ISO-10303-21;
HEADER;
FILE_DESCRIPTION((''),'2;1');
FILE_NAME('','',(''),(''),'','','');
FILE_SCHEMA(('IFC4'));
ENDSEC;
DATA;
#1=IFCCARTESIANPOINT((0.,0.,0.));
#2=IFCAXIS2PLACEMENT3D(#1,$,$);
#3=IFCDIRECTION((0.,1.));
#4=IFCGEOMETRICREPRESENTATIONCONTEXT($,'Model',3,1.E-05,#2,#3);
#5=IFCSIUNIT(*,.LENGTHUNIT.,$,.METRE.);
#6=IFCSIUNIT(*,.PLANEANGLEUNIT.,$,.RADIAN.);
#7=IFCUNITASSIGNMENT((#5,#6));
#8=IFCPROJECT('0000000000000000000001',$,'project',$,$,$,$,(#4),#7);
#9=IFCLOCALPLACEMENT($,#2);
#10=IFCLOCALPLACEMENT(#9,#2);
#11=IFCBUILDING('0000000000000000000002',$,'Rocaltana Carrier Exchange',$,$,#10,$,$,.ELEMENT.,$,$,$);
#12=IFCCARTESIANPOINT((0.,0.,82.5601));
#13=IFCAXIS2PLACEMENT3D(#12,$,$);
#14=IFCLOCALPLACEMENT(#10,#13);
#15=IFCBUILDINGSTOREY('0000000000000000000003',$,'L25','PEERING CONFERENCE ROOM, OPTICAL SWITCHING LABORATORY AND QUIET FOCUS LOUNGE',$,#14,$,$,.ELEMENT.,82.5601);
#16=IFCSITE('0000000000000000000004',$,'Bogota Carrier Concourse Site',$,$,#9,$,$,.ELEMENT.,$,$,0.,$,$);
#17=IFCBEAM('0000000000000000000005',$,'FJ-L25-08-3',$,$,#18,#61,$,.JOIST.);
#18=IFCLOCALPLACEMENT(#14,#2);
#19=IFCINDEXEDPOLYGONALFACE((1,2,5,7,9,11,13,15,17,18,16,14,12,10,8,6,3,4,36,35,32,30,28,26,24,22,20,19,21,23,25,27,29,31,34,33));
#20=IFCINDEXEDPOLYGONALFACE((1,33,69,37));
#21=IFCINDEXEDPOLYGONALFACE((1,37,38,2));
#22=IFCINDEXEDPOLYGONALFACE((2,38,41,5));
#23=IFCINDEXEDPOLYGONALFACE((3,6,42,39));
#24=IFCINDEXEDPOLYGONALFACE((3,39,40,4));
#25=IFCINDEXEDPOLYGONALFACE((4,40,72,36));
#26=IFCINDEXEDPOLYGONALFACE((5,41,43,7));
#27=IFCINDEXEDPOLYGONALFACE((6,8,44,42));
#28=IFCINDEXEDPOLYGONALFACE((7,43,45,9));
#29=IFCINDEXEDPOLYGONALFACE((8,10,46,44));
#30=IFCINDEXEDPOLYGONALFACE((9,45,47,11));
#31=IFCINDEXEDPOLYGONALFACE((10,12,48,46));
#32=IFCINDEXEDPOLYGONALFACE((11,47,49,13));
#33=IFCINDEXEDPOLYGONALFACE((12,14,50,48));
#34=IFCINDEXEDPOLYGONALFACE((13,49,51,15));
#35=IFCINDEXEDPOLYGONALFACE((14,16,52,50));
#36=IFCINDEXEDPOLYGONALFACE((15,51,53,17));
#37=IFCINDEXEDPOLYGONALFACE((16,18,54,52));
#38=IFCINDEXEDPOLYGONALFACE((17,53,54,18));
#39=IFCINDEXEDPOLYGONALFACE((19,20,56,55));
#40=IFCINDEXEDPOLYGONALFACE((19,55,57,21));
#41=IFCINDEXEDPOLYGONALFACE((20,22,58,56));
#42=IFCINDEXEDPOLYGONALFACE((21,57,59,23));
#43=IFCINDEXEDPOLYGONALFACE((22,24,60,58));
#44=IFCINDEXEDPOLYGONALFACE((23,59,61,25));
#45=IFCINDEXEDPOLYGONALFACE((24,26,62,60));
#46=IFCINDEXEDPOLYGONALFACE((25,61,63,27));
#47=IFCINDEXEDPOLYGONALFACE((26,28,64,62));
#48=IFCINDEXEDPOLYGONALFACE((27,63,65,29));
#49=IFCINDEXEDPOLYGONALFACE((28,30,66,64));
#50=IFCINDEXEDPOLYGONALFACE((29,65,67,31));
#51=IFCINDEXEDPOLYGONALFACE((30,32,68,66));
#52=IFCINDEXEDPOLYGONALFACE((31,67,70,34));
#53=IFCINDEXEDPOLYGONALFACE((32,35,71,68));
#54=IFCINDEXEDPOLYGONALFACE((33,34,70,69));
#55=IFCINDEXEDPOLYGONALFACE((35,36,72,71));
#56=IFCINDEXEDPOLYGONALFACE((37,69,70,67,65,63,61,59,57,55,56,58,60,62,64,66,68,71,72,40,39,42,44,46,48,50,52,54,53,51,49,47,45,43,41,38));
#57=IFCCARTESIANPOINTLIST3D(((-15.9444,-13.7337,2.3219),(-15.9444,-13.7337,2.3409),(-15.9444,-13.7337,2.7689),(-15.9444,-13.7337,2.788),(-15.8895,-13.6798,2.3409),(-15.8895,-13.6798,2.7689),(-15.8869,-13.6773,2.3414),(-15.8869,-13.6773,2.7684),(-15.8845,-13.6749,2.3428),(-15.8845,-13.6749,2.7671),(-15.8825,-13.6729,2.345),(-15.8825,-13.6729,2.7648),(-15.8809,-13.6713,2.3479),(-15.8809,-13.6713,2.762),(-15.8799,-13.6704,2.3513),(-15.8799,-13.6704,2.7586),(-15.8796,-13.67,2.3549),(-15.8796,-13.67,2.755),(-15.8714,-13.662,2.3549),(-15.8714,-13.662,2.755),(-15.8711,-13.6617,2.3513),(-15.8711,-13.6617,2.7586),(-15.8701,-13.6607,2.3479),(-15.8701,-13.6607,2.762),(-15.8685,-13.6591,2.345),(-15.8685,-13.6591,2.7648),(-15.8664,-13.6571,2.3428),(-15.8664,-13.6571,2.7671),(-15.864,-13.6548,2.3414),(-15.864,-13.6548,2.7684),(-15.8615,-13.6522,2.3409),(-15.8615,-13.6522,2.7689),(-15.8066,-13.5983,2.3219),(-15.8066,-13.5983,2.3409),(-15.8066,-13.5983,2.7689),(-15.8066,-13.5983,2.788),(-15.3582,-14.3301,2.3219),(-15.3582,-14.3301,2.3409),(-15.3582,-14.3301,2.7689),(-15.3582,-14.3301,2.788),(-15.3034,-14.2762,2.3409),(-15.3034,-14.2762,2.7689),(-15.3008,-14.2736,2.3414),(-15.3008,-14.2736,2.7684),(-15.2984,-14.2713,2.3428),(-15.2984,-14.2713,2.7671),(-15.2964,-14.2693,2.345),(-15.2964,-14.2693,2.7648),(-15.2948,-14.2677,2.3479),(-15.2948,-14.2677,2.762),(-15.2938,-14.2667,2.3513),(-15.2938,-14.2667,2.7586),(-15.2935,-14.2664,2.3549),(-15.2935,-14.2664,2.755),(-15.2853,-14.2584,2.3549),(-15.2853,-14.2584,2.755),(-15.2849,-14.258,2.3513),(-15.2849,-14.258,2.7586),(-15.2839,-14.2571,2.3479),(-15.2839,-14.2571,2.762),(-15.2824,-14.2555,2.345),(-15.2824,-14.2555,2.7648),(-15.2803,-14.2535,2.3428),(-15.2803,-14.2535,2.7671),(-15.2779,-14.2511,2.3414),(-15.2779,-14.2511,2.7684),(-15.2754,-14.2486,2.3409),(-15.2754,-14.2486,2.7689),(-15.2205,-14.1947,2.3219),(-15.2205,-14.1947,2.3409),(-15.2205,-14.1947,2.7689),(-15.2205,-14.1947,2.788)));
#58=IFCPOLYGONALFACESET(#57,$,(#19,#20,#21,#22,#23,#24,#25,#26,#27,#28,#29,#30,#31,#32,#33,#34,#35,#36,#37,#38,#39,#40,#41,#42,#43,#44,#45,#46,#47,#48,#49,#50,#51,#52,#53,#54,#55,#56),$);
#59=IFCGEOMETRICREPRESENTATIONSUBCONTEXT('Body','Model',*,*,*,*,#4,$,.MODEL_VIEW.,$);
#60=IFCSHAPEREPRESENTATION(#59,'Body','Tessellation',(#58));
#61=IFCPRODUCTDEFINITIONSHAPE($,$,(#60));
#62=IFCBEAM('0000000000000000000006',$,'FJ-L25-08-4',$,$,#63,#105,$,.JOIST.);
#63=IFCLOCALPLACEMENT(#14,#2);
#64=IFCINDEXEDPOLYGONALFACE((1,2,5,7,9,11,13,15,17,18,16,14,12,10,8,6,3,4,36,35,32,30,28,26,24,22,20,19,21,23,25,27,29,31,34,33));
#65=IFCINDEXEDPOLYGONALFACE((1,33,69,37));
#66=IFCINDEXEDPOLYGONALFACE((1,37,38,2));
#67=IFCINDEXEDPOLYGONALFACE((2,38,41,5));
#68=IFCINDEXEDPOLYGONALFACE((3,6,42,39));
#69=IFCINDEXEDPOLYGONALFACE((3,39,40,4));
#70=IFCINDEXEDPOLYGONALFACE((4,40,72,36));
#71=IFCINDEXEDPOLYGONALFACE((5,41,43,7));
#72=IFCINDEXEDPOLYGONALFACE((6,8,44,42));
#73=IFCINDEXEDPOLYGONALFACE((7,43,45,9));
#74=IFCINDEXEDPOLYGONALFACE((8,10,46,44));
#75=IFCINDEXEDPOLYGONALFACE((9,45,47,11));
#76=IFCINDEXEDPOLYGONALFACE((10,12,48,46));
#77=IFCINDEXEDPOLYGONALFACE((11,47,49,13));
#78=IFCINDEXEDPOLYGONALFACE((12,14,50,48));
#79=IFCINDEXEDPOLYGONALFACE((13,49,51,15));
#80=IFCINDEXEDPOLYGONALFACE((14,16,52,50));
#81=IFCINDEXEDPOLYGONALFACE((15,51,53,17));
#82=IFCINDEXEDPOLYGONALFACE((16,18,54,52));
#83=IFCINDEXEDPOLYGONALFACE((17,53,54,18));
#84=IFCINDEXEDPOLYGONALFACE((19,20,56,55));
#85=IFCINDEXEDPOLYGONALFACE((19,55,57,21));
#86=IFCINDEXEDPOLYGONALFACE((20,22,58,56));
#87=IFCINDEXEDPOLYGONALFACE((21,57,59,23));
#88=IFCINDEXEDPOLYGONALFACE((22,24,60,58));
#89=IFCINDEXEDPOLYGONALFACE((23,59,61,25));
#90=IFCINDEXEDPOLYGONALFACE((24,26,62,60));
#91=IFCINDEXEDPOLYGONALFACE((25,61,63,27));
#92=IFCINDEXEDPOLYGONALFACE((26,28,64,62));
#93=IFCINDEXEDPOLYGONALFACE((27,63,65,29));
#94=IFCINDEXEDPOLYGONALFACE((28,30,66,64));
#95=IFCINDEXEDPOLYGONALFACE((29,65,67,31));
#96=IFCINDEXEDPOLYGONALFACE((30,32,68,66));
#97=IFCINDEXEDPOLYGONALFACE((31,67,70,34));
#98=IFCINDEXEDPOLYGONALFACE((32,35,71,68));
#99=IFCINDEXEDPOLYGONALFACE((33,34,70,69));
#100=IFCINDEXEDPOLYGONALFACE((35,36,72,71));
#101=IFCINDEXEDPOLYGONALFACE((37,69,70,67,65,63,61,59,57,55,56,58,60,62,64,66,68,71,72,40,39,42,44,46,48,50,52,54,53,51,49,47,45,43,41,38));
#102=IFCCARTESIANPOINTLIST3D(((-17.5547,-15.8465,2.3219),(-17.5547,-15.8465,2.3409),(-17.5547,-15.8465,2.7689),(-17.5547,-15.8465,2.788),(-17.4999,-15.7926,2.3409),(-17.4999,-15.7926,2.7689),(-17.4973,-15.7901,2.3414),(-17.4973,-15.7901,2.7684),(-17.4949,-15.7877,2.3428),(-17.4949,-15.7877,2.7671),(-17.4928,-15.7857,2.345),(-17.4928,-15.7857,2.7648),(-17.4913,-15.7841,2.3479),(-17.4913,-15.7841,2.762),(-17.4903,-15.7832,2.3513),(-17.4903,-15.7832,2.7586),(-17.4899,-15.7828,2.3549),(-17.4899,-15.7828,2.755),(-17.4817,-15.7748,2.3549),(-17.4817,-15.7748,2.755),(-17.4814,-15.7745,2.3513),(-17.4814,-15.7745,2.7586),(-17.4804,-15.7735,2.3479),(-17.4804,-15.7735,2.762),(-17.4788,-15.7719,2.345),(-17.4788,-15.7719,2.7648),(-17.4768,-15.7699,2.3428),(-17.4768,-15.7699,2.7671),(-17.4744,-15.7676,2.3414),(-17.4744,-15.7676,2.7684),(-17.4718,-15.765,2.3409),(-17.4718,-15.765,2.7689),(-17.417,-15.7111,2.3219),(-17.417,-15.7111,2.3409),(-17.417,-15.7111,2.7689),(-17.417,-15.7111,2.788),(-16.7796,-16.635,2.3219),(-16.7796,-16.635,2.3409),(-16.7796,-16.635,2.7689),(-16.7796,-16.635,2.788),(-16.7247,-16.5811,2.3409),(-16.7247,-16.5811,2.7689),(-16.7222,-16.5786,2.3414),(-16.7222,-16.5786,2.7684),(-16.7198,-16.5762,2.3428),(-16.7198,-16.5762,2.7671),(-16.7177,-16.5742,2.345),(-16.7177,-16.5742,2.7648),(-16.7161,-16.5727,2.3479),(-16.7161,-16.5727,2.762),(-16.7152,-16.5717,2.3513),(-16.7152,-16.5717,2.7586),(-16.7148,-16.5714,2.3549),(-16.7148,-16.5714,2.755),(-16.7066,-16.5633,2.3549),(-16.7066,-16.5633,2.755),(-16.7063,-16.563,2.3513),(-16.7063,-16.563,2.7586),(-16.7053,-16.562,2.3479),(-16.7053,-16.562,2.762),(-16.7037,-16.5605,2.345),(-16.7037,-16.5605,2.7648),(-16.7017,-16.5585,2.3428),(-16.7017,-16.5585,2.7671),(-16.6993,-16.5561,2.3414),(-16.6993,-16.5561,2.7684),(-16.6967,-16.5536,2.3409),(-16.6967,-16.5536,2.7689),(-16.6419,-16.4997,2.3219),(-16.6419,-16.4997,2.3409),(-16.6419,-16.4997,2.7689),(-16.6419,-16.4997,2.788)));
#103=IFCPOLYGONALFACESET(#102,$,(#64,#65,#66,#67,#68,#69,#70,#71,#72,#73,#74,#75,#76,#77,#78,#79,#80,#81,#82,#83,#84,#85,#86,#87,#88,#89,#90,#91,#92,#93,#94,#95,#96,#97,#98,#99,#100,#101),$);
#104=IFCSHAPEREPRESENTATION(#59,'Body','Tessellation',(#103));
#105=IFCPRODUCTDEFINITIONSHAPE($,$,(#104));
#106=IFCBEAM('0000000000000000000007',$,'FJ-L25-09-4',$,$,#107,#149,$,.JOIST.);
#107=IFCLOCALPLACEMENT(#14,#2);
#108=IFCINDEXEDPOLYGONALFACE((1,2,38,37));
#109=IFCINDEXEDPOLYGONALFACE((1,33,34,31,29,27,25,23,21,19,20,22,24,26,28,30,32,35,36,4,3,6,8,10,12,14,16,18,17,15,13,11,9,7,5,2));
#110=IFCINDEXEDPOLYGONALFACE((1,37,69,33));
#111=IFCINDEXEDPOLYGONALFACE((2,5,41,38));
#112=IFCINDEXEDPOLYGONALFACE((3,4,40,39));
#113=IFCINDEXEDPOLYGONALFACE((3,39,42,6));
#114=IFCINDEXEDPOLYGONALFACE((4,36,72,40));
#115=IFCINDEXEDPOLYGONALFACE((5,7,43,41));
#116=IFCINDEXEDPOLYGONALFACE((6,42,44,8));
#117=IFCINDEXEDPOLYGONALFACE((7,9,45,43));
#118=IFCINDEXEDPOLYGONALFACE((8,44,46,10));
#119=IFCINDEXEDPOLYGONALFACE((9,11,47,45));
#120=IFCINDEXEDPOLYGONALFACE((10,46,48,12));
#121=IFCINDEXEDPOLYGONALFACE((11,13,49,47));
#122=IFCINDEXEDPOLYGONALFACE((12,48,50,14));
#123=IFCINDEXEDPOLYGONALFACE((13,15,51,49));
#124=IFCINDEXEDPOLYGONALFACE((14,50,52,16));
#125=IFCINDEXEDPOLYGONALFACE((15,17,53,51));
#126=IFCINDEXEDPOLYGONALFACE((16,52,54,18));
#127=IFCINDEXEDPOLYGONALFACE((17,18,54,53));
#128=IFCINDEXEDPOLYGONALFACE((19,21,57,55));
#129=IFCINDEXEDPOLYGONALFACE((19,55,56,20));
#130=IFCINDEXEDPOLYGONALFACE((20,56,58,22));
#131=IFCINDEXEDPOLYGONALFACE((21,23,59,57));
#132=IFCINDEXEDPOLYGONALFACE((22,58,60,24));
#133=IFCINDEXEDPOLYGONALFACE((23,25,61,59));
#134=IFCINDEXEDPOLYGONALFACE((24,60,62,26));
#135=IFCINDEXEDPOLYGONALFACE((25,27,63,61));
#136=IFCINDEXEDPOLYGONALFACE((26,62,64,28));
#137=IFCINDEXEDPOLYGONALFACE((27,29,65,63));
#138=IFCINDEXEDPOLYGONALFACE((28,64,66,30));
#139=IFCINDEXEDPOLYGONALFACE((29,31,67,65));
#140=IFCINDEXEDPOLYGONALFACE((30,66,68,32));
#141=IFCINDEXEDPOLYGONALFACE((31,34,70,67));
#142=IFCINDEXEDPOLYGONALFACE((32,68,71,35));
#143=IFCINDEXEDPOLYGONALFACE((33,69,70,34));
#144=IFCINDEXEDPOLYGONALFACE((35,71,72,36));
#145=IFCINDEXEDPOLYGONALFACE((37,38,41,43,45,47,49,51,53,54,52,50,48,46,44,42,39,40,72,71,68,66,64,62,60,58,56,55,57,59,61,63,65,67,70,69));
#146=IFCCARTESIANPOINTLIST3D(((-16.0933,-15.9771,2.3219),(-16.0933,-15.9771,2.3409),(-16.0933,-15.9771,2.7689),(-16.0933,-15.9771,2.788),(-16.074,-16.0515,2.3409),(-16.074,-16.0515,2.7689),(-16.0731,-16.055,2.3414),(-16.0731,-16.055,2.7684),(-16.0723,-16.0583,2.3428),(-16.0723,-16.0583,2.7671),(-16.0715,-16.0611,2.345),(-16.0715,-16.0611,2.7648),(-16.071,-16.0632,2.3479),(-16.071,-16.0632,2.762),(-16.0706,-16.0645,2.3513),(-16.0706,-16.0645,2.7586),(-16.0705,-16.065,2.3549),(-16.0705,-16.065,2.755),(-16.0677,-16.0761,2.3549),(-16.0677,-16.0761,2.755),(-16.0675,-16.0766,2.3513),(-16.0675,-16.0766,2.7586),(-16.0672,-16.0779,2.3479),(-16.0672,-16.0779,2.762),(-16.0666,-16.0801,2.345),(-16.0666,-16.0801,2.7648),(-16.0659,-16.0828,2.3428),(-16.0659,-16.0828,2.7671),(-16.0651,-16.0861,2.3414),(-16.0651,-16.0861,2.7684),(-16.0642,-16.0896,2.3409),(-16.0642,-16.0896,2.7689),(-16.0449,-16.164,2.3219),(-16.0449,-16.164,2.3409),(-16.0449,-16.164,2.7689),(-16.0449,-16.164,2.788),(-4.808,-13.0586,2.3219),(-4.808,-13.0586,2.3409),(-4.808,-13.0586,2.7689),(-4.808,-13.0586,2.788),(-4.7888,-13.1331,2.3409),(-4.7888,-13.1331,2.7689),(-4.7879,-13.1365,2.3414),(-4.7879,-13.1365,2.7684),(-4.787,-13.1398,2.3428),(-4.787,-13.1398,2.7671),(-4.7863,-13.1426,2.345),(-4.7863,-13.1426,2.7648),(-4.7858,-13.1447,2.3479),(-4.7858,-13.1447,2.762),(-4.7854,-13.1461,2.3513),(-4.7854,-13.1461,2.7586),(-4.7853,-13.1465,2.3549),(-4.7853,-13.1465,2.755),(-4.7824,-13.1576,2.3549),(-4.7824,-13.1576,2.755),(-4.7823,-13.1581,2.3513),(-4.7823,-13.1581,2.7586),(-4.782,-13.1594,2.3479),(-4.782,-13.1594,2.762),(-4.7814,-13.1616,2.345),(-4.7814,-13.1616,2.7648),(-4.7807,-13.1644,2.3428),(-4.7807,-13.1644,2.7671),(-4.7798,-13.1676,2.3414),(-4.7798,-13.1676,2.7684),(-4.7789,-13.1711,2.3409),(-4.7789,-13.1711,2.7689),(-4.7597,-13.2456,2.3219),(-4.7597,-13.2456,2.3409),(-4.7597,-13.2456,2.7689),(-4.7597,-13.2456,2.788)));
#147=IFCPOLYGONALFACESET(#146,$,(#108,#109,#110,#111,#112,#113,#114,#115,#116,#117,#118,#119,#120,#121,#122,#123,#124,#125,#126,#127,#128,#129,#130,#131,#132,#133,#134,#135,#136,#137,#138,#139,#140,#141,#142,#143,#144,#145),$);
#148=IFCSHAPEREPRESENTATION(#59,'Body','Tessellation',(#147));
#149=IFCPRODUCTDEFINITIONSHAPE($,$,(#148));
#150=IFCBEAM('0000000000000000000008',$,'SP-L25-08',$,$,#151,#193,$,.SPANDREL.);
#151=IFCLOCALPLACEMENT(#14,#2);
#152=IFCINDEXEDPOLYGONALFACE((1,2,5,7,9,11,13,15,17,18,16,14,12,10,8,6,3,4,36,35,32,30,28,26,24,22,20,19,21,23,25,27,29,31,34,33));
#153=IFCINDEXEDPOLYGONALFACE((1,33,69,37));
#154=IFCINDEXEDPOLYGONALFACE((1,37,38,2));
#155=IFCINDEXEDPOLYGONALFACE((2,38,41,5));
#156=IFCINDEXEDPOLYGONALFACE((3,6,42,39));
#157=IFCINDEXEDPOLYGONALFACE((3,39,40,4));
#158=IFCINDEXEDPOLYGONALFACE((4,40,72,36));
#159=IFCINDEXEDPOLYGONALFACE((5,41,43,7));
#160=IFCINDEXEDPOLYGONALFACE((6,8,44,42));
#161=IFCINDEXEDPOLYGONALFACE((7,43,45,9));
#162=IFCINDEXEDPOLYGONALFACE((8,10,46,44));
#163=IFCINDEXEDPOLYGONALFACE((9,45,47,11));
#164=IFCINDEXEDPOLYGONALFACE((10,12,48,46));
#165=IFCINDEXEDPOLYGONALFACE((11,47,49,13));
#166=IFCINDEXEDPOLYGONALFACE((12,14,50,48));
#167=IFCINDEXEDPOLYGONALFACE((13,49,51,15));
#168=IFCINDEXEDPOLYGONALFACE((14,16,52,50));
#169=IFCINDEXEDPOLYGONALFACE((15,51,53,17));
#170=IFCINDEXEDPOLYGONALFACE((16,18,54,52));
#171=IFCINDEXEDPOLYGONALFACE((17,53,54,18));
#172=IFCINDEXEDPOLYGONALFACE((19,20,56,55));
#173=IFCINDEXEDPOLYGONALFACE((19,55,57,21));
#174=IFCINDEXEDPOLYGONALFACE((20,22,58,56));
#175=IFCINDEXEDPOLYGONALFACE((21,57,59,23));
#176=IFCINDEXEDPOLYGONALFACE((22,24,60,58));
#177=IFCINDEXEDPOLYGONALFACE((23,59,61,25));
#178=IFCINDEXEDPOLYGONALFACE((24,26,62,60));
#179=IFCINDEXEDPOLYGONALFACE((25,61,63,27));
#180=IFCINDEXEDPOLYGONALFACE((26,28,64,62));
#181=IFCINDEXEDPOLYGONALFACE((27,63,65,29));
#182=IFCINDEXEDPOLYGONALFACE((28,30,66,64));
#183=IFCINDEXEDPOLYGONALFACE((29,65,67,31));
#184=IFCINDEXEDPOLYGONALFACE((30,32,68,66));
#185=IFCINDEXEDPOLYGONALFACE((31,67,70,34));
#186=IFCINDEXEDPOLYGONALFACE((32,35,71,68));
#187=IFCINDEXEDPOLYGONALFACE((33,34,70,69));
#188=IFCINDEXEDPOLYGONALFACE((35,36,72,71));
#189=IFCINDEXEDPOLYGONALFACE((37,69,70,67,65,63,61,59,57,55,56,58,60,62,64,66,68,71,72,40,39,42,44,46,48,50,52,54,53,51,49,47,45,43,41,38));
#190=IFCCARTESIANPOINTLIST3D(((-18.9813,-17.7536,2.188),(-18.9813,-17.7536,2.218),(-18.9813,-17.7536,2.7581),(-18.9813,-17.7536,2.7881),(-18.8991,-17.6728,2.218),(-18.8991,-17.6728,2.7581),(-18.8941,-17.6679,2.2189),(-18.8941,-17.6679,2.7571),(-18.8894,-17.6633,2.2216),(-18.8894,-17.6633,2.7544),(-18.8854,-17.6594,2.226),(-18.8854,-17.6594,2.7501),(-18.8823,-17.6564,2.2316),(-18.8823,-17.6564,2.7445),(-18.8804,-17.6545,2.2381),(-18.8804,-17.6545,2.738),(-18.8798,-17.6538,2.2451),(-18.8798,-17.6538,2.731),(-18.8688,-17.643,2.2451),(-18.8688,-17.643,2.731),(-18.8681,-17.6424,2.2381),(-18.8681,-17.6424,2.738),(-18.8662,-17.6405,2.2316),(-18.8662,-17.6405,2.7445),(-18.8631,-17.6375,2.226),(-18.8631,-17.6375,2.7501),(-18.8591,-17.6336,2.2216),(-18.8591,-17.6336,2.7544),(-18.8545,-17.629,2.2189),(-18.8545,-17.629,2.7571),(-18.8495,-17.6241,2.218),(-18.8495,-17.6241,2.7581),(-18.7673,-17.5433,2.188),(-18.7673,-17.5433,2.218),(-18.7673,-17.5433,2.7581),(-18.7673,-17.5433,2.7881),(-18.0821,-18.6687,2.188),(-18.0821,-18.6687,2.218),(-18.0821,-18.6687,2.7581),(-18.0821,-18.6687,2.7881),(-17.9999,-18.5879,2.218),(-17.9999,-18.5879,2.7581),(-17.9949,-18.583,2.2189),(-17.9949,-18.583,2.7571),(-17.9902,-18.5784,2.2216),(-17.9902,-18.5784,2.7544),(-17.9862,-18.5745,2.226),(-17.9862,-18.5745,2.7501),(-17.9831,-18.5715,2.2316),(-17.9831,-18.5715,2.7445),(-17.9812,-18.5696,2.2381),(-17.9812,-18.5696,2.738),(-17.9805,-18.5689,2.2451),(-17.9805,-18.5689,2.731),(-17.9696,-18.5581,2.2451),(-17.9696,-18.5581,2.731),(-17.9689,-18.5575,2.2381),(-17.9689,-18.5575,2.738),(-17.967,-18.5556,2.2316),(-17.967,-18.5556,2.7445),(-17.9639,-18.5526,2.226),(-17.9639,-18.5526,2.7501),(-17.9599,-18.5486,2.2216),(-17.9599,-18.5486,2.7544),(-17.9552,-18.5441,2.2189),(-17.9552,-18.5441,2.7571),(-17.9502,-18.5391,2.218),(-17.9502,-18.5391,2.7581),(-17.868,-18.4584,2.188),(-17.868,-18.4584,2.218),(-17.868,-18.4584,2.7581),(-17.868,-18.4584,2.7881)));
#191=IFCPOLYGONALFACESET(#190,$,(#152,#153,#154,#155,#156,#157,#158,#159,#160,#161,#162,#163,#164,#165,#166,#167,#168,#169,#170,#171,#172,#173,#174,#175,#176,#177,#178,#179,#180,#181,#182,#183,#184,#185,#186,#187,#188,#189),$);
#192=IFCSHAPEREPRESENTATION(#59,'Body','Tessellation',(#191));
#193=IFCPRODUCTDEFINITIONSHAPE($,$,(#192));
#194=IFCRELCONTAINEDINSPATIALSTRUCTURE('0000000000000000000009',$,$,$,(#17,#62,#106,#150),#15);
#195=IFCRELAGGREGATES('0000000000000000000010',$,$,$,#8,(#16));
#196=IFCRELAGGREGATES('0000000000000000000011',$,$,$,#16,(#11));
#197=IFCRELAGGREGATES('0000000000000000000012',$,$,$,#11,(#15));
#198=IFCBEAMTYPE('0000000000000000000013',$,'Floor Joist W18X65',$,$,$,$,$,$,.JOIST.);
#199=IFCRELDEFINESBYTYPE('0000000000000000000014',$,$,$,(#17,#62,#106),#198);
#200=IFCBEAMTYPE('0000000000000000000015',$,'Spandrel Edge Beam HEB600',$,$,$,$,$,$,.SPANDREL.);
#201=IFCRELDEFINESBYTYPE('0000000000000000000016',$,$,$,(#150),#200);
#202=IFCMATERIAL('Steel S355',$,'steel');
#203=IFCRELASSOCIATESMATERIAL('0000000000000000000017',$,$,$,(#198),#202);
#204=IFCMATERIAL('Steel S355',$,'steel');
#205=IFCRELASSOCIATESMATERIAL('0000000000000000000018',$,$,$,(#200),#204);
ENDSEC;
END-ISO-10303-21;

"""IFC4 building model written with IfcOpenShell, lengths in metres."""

from ifc_helpers import new_model, si_unit, direction, frame, origin, origin_2d, place, context, subcontext, project, spatial, i_section, extrude, material, material_profile, profile_set, type_object, element, save


model = new_model("IFC4")

# Units and contexts
model_context = context("Model", 3, precision=1e-05, world=origin(), true_north=direction((0.0, 1.0)))
body_context = subcontext(model_context, "Body", "Model", "MODEL_VIEW")
ifc_project = project(units=[si_unit("LENGTHUNIT", "METRE"), si_unit("PLANEANGLEUNIT", "RADIAN")], contexts=[model_context])

# Site, building, storey
site_placement = place(None, origin())
site = spatial("IfcSite", under=ifc_project, at=site_placement, Name="Bogota Carrier Concourse Site", CompositionType="ELEMENT", RefElevation=0.0)
building_placement = place(site_placement, origin())
building = spatial("IfcBuilding", under=site, at=building_placement, Name="Rocaltana Carrier Exchange", CompositionType="ELEMENT")
storey_placement = place(building_placement, frame((0.0, 0.0, 82.5601)))
storey = spatial("IfcBuildingStorey", under=building, at=storey_placement, Name="L25", Description="PEERING CONFERENCE ROOM, OPTICAL SWITCHING LABORATORY AND QUIET FOCUS LOUNGE", CompositionType="ELEMENT", Elevation=82.5601)

# Beams
ifc_material_1 = material(Name="Steel S355", Category="steel")
ifc_material_profile_1 = material_profile(ifc_material_1, i_section(OverallWidth=0.1931, OverallDepth=0.4661, WebThickness=0.0115, FlangeThickness=0.019, FilletRadius=0.0139, at=origin_2d()), Name="W18X65")
ifc_profile_set_1 = profile_set([ifc_material_profile_1], Name="Steel S355")
beam_type_1 = type_object("IfcBeamType", Name="Floor Joist W18X65", PredefinedType="JOIST", material=ifc_profile_set_1)
beam_1_placement = place(storey_placement, frame((-15.8755, -13.666, 2.5549), z_axis=(0.700949, -0.713211, 0.0), x_axis=(0.713211, 0.700949, 0.0)))
element("IfcBeam", 1, at=beam_1_placement, inside=storey, type_object=beam_type_1, Name="FJ-L25-08-3", PredefinedType="JOIST", context=body_context, shape_type="SweptSolid", body=[
    extrude(i_section(OverallWidth=0.1931, OverallDepth=0.4661, WebThickness=0.0115, FlangeThickness=0.019, FilletRadius=0.0139, at=origin_2d()), origin(), (0.0, 0.0, 1.0), 0.8362),
])
beam_2_placement = place(storey_placement, frame((-17.4858, -15.7788, 2.5549), z_axis=(0.701009, -0.713152, 0.0), x_axis=(0.713152, 0.701009, 0.0)))
element("IfcBeam", 2, at=beam_2_placement, inside=storey, type_object=beam_type_1, Name="FJ-L25-08-4", PredefinedType="JOIST", context=body_context, shape_type="SweptSolid", body=[
    extrude(i_section(OverallWidth=0.1931, OverallDepth=0.4661, WebThickness=0.0115, FlangeThickness=0.019, FilletRadius=0.0139, at=origin_2d()), origin(), (0.0, 0.0, 1.0), 1.1057),
])
beam_3_placement = place(storey_placement, frame((-16.0691, -16.0706, 2.5549), z_axis=(0.968149, 0.250373, 0.0), x_axis=(-0.250373, 0.968149, 0.0)))
element("IfcBeam", 3, at=beam_3_placement, inside=storey, type_object=beam_type_1, Name="FJ-L25-09-4", PredefinedType="JOIST", context=body_context, shape_type="SweptSolid", body=[
    extrude(i_section(OverallWidth=0.1931, OverallDepth=0.4661, WebThickness=0.0115, FlangeThickness=0.019, FilletRadius=0.0139, at=origin_2d()), origin(), (0.0, 0.0, 1.0), 11.6565),
])
ifc_material_2 = material(Name="Steel S355", Category="steel")
ifc_material_profile_2 = material_profile(ifc_material_2, i_section(OverallWidth=0.3, OverallDepth=0.6001, WebThickness=0.0154, FlangeThickness=0.03, FilletRadius=0.0271, at=origin_2d()), Name="HEB600")
ifc_profile_set_2 = profile_set([ifc_material_profile_2], Name="Steel S355")
beam_type_2 = type_object("IfcBeamType", Name="Spandrel Edge Beam HEB600", PredefinedType="SPANDREL", material=ifc_profile_set_2)
beam_4_placement = place(storey_placement, frame((-18.8743, -17.6484, 2.488), z_axis=(0.700895, -0.713265, 0.0), x_axis=(0.713265, 0.700895, 0.0)))
element("IfcBeam", 4, at=beam_4_placement, inside=storey, type_object=beam_type_2, Name="SP-L25-08", PredefinedType="SPANDREL", context=body_context, shape_type="SweptSolid", body=[
    extrude(i_section(OverallWidth=0.3, OverallDepth=0.6001, WebThickness=0.0154, FlangeThickness=0.03, FilletRadius=0.0271, at=origin_2d()), origin(), (0.0, 0.0, 1.0), 1.283),
])

save(model, "model.ifc")
